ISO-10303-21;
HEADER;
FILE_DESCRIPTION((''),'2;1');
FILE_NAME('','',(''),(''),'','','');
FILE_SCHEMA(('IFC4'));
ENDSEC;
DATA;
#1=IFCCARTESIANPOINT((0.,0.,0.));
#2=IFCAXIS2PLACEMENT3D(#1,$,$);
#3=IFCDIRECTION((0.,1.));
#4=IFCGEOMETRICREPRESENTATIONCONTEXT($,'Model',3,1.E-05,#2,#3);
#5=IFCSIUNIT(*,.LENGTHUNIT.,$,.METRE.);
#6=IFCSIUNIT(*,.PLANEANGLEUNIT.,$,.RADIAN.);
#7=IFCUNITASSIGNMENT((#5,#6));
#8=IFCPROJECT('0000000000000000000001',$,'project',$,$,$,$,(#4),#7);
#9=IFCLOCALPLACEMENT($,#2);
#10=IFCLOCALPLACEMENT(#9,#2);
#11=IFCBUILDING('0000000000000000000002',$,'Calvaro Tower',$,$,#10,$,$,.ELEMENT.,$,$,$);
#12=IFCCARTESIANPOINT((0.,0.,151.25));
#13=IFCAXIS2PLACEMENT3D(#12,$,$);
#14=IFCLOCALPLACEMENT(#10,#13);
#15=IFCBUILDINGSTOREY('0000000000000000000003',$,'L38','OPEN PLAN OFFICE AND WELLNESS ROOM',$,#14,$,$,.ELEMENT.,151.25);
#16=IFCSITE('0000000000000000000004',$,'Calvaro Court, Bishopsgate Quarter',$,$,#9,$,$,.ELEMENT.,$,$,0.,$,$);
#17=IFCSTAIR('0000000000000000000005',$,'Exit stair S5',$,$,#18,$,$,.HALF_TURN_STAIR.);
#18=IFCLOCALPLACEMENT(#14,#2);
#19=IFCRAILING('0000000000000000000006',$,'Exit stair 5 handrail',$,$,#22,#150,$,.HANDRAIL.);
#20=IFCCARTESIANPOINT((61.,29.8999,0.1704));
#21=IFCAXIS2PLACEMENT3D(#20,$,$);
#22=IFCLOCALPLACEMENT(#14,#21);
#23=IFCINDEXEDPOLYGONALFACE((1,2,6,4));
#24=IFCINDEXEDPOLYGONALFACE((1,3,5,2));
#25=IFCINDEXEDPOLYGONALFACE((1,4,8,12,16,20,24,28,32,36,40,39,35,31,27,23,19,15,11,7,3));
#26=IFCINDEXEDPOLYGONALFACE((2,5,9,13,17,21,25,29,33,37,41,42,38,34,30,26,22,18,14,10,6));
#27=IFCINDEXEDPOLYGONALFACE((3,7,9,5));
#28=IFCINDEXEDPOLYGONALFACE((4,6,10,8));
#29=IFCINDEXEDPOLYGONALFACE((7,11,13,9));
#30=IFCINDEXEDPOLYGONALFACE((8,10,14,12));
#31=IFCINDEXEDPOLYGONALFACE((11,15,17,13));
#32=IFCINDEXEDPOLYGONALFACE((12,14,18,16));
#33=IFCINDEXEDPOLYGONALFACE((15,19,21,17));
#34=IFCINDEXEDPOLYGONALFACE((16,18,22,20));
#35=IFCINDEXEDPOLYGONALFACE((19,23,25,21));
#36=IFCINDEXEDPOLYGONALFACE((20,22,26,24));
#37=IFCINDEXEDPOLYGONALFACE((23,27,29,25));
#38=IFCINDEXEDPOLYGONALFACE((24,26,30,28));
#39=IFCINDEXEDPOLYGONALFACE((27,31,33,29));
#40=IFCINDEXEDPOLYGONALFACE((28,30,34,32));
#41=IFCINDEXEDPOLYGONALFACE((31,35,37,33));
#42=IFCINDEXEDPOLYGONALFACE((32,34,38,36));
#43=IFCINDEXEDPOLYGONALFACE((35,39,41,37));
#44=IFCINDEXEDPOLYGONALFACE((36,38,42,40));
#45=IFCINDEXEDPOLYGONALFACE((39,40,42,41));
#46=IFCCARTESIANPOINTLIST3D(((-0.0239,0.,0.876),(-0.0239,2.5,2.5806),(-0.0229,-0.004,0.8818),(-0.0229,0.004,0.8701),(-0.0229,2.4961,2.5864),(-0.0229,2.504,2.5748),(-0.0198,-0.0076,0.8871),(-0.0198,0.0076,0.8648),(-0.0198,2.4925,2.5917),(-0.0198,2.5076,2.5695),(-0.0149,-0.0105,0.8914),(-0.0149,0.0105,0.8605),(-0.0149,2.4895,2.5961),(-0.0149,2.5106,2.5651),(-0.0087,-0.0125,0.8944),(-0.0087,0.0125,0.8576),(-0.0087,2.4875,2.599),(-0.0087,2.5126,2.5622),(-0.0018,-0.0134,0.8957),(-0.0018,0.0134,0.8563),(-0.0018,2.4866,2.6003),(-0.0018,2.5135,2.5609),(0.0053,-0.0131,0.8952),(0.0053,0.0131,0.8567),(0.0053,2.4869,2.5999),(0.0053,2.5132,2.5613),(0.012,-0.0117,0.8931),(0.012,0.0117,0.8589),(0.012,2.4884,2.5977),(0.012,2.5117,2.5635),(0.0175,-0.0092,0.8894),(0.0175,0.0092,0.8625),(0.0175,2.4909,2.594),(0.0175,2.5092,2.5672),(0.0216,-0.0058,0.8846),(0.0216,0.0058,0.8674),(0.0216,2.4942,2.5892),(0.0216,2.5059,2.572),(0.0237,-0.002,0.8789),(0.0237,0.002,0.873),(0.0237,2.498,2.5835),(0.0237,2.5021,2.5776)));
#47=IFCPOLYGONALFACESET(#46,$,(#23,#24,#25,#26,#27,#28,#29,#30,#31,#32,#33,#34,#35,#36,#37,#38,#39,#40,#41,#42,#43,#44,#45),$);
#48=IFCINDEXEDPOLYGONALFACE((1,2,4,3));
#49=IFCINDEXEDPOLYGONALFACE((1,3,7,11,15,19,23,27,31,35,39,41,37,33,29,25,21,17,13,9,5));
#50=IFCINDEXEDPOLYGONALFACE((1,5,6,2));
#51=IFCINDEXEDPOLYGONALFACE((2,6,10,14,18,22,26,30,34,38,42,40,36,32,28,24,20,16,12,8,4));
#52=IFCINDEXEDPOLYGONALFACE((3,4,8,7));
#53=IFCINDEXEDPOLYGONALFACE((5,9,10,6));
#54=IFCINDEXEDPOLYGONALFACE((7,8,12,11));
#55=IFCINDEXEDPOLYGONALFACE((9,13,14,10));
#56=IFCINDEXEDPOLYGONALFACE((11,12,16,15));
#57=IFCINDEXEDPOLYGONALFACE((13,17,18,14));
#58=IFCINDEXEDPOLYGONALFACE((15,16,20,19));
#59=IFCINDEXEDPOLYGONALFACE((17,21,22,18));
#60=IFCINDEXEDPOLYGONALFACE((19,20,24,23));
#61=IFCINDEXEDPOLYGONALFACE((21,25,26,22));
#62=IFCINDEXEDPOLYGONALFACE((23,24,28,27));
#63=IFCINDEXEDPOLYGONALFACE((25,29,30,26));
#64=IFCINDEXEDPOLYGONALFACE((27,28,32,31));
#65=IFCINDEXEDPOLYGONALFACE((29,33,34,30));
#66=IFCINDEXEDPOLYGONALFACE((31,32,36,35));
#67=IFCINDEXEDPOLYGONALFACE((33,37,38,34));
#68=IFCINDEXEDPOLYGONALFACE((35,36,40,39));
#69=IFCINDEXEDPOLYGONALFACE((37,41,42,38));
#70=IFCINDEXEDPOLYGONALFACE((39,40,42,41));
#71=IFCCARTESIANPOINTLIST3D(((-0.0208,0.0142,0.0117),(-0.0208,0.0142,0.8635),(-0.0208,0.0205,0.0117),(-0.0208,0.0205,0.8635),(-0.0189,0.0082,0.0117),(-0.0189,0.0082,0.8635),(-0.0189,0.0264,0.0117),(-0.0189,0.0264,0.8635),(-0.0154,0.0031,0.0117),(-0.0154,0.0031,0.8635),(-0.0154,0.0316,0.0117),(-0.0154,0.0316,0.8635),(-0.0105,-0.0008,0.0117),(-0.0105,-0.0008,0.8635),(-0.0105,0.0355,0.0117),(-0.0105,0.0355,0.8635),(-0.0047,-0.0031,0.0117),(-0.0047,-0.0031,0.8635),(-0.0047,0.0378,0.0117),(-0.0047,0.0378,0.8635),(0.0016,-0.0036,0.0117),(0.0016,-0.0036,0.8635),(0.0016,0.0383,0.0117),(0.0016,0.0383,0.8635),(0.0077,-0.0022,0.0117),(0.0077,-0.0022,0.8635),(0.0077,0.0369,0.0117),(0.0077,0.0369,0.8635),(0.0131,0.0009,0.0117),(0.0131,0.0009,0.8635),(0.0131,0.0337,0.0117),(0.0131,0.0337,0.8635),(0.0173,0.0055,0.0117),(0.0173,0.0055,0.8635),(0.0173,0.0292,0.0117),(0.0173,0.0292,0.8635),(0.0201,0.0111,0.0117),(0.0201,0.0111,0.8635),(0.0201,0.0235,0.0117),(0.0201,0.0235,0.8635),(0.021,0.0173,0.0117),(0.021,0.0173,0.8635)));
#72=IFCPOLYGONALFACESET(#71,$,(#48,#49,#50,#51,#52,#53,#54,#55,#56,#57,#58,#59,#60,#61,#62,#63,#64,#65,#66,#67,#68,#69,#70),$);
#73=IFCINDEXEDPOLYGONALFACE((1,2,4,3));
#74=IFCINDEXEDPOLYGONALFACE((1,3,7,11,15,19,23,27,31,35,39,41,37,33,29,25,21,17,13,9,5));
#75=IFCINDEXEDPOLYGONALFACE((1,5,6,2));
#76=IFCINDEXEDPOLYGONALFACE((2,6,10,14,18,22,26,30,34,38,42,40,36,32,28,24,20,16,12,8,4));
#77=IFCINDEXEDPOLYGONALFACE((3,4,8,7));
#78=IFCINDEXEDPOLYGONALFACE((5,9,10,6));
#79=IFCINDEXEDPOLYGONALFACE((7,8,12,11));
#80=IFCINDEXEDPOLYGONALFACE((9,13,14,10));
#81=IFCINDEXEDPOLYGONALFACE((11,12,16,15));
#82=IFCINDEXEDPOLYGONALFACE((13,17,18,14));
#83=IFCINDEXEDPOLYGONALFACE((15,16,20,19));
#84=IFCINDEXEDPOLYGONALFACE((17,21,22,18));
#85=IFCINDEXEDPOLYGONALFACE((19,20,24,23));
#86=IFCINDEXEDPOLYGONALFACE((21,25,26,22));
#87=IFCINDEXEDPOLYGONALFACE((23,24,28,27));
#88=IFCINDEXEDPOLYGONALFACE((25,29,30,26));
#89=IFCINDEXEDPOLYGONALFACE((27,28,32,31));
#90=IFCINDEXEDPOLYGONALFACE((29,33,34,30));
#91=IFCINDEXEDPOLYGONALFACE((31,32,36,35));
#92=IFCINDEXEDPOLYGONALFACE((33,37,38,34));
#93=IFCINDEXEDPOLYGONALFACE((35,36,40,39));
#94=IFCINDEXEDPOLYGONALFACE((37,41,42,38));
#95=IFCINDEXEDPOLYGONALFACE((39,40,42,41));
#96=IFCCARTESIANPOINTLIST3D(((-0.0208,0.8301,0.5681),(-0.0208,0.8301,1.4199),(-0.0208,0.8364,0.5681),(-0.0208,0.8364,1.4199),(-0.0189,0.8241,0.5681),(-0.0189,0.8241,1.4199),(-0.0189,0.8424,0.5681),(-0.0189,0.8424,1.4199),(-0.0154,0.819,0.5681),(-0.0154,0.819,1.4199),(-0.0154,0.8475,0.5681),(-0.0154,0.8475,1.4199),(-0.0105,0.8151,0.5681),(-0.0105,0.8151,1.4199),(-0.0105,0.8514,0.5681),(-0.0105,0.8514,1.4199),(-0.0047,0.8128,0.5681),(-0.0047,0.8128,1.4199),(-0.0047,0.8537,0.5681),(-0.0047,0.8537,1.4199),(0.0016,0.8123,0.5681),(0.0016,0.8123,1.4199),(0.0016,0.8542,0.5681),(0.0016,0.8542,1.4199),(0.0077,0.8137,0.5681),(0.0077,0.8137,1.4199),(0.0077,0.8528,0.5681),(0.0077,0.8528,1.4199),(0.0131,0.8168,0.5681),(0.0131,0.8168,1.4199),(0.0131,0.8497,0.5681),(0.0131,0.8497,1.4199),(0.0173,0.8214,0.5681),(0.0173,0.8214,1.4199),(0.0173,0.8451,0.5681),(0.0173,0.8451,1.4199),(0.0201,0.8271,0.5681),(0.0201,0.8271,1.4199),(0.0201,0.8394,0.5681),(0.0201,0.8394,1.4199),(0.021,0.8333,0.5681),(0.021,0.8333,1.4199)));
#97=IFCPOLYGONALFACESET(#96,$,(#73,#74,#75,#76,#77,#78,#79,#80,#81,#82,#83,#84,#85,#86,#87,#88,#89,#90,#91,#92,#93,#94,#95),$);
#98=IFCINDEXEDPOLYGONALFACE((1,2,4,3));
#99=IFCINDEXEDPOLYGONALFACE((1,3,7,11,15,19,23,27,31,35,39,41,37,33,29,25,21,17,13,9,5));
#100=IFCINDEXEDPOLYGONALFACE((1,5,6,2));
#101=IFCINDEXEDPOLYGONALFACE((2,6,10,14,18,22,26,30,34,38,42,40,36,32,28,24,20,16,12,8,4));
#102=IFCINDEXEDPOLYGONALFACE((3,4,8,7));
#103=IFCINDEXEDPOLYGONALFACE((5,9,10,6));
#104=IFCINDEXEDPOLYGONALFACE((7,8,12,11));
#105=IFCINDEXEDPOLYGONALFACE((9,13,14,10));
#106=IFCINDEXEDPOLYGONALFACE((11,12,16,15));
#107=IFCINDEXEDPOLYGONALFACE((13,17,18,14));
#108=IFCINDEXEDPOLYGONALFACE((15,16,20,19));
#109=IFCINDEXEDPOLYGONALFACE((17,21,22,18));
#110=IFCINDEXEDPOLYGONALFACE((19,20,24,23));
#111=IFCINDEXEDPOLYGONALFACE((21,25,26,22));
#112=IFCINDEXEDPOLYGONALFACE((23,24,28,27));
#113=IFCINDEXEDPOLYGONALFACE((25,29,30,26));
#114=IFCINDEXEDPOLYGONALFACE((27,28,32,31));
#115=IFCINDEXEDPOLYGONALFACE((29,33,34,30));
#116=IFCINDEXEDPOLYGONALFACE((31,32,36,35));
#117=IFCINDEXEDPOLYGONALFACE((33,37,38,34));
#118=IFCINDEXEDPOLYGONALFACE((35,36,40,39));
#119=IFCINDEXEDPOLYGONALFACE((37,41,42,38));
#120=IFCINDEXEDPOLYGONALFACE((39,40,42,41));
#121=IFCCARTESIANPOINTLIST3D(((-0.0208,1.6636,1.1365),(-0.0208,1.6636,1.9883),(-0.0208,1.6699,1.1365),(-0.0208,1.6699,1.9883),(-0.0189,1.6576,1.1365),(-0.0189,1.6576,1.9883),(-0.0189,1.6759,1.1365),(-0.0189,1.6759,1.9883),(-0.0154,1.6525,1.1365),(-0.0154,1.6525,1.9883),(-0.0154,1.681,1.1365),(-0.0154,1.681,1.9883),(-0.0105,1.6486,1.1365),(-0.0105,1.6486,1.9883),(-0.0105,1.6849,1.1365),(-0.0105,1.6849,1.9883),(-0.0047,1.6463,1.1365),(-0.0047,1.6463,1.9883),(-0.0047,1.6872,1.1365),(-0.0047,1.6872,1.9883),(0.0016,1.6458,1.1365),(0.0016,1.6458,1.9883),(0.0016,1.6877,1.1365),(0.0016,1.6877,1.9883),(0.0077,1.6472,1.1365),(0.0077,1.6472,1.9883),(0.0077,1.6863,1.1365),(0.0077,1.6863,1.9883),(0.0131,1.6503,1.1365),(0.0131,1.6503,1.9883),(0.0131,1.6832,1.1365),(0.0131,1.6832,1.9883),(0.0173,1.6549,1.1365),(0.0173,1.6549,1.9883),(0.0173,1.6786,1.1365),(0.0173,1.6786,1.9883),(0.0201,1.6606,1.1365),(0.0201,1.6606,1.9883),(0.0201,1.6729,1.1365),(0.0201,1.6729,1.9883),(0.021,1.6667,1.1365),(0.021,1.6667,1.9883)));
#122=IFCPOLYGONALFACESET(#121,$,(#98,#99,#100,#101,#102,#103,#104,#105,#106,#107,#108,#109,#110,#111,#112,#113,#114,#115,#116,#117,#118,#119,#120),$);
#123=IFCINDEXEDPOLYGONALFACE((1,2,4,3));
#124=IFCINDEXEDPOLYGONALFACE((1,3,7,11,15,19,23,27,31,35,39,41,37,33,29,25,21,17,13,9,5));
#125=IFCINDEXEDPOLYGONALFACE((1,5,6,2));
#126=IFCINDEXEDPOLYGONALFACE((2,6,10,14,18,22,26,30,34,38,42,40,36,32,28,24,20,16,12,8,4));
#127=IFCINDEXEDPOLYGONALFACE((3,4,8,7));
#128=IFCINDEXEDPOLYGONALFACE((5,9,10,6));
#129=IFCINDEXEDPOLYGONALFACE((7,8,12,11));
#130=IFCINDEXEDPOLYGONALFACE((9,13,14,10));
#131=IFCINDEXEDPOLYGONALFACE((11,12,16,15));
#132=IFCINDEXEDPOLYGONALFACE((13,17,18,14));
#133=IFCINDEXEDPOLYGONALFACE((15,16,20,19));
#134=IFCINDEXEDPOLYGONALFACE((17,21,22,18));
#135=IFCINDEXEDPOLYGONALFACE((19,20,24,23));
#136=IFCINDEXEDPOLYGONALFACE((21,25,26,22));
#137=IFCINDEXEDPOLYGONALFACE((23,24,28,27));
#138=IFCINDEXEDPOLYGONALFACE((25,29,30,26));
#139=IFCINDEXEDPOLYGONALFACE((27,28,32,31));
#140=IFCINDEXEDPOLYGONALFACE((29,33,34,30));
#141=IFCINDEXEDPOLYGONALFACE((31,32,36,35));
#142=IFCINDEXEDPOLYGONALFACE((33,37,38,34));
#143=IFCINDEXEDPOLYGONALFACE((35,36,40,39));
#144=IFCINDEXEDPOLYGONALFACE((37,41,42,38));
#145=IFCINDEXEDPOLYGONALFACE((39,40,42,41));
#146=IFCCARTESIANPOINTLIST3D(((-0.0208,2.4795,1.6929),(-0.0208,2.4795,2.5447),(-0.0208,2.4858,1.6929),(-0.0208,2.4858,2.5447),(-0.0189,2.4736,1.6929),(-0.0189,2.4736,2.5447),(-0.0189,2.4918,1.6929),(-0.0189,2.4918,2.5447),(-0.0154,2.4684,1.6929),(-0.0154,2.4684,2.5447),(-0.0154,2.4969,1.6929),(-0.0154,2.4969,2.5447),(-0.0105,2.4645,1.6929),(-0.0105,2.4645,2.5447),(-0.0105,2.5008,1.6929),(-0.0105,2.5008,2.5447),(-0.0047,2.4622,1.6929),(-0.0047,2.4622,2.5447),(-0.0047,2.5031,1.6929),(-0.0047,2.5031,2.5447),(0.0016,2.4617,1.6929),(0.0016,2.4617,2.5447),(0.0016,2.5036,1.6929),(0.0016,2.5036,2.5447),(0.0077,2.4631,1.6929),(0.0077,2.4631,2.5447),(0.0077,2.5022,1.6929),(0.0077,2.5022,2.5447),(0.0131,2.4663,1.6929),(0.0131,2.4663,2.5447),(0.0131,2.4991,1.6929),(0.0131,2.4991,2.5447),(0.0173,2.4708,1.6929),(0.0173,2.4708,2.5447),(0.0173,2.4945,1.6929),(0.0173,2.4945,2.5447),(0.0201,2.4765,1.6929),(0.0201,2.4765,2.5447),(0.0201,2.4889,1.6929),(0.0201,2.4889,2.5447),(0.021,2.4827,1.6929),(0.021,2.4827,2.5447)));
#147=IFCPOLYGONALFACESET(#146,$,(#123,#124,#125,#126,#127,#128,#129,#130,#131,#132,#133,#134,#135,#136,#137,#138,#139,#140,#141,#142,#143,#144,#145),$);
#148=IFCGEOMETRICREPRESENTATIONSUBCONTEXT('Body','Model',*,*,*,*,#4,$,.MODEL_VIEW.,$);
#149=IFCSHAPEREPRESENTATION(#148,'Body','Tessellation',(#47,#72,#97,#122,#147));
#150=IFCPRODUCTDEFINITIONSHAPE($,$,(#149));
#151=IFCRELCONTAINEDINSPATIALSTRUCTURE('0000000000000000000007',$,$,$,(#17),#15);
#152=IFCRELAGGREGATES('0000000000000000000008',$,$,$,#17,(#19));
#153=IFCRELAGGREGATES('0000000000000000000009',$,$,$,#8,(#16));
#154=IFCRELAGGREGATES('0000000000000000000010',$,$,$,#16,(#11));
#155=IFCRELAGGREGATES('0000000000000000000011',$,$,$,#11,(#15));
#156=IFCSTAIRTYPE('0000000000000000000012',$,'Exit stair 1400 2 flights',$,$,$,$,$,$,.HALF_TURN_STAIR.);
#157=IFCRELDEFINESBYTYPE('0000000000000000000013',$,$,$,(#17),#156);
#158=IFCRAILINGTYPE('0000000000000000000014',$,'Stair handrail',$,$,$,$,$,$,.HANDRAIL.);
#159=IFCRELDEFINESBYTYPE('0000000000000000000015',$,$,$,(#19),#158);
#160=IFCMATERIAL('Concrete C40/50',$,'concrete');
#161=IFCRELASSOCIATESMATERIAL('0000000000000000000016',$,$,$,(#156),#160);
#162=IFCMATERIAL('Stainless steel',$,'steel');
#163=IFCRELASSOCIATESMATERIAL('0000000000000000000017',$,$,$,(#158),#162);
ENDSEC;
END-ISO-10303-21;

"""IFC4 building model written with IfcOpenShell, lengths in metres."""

from ifc_helpers import new_model, si_unit, direction, frame, origin, origin_2d, place, context, subcontext, project, spatial, circle, extrude, material, type_object, element, aggregate, save


model = new_model("IFC4")

# Units and contexts
model_context = context("Model", 3, precision=1e-05, world=origin(), true_north=direction((0.0, 1.0)))
body_context = subcontext(model_context, "Body", "Model", "MODEL_VIEW")
ifc_project = project(units=[si_unit("LENGTHUNIT", "METRE"), si_unit("PLANEANGLEUNIT", "RADIAN")], contexts=[model_context])

# Site, building, storey
site_placement = place(None, origin())
site = spatial("IfcSite", under=ifc_project, at=site_placement, Name="Calvaro Court, Bishopsgate Quarter", CompositionType="ELEMENT", RefElevation=0.0)
building_placement = place(site_placement, origin())
building = spatial("IfcBuilding", under=site, at=building_placement, Name="Calvaro Tower", CompositionType="ELEMENT")
storey_placement = place(building_placement, frame((0.0, 0.0, 151.25)))
storey = spatial("IfcBuildingStorey", under=building, at=storey_placement, Name="L38", Description="OPEN PLAN OFFICE AND WELLNESS ROOM", CompositionType="ELEMENT", Elevation=151.25)

# Stair, railing
ifc_material_1 = material(Name="Concrete C40/50", Category="concrete")
stair_type = type_object("IfcStairType", Name="Exit stair 1400 2 flights", PredefinedType="HALF_TURN_STAIR", material=ifc_material_1)
stair_placement = place(storey_placement, origin())
stair = element("IfcStair", 1, at=stair_placement, inside=storey, type_object=stair_type, Name="Exit stair S5", PredefinedType="HALF_TURN_STAIR")
ifc_material_2 = material(Name="Stainless steel", Category="steel")
railing_type = type_object("IfcRailingType", Name="Stair handrail", PredefinedType="HANDRAIL", material=ifc_material_2)
railing_placement = place(storey_placement, frame((61.0, 29.8999, 0.1704)))
railing = element("IfcRailing", 2, at=railing_placement, type_object=railing_type, Name="Exit stair 5 handrail", PredefinedType="HANDRAIL", context=body_context, shape_type="SweptSolid", body=[
    extrude(circle(Radius=0.0239, at=origin_2d()), frame((0.0, 0.0, 0.876), z_axis=(0.0, 0.826221, 0.563347), x_axis=(-1.0, 0.0, 0.0)), (0.0, 0.0, 1.0), 3.0259),
    extrude(circle(Radius=0.021, at=origin_2d()), frame((0.0, 0.0173, 0.0117)), (0.0, 0.0, 1.0), 0.8518),
    extrude(circle(Radius=0.021, at=origin_2d()), frame((0.0, 0.8333, 0.5681)), (0.0, 0.0, 1.0), 0.8518),
    extrude(circle(Radius=0.021, at=origin_2d()), frame((0.0, 1.6667, 1.1365)), (0.0, 0.0, 1.0), 0.8518),
    extrude(circle(Radius=0.021, at=origin_2d()), frame((0.0, 2.4827, 1.6929)), (0.0, 0.0, 1.0), 0.8518),
])
aggregate(stair, [railing])

save(model, "model.ifc")
